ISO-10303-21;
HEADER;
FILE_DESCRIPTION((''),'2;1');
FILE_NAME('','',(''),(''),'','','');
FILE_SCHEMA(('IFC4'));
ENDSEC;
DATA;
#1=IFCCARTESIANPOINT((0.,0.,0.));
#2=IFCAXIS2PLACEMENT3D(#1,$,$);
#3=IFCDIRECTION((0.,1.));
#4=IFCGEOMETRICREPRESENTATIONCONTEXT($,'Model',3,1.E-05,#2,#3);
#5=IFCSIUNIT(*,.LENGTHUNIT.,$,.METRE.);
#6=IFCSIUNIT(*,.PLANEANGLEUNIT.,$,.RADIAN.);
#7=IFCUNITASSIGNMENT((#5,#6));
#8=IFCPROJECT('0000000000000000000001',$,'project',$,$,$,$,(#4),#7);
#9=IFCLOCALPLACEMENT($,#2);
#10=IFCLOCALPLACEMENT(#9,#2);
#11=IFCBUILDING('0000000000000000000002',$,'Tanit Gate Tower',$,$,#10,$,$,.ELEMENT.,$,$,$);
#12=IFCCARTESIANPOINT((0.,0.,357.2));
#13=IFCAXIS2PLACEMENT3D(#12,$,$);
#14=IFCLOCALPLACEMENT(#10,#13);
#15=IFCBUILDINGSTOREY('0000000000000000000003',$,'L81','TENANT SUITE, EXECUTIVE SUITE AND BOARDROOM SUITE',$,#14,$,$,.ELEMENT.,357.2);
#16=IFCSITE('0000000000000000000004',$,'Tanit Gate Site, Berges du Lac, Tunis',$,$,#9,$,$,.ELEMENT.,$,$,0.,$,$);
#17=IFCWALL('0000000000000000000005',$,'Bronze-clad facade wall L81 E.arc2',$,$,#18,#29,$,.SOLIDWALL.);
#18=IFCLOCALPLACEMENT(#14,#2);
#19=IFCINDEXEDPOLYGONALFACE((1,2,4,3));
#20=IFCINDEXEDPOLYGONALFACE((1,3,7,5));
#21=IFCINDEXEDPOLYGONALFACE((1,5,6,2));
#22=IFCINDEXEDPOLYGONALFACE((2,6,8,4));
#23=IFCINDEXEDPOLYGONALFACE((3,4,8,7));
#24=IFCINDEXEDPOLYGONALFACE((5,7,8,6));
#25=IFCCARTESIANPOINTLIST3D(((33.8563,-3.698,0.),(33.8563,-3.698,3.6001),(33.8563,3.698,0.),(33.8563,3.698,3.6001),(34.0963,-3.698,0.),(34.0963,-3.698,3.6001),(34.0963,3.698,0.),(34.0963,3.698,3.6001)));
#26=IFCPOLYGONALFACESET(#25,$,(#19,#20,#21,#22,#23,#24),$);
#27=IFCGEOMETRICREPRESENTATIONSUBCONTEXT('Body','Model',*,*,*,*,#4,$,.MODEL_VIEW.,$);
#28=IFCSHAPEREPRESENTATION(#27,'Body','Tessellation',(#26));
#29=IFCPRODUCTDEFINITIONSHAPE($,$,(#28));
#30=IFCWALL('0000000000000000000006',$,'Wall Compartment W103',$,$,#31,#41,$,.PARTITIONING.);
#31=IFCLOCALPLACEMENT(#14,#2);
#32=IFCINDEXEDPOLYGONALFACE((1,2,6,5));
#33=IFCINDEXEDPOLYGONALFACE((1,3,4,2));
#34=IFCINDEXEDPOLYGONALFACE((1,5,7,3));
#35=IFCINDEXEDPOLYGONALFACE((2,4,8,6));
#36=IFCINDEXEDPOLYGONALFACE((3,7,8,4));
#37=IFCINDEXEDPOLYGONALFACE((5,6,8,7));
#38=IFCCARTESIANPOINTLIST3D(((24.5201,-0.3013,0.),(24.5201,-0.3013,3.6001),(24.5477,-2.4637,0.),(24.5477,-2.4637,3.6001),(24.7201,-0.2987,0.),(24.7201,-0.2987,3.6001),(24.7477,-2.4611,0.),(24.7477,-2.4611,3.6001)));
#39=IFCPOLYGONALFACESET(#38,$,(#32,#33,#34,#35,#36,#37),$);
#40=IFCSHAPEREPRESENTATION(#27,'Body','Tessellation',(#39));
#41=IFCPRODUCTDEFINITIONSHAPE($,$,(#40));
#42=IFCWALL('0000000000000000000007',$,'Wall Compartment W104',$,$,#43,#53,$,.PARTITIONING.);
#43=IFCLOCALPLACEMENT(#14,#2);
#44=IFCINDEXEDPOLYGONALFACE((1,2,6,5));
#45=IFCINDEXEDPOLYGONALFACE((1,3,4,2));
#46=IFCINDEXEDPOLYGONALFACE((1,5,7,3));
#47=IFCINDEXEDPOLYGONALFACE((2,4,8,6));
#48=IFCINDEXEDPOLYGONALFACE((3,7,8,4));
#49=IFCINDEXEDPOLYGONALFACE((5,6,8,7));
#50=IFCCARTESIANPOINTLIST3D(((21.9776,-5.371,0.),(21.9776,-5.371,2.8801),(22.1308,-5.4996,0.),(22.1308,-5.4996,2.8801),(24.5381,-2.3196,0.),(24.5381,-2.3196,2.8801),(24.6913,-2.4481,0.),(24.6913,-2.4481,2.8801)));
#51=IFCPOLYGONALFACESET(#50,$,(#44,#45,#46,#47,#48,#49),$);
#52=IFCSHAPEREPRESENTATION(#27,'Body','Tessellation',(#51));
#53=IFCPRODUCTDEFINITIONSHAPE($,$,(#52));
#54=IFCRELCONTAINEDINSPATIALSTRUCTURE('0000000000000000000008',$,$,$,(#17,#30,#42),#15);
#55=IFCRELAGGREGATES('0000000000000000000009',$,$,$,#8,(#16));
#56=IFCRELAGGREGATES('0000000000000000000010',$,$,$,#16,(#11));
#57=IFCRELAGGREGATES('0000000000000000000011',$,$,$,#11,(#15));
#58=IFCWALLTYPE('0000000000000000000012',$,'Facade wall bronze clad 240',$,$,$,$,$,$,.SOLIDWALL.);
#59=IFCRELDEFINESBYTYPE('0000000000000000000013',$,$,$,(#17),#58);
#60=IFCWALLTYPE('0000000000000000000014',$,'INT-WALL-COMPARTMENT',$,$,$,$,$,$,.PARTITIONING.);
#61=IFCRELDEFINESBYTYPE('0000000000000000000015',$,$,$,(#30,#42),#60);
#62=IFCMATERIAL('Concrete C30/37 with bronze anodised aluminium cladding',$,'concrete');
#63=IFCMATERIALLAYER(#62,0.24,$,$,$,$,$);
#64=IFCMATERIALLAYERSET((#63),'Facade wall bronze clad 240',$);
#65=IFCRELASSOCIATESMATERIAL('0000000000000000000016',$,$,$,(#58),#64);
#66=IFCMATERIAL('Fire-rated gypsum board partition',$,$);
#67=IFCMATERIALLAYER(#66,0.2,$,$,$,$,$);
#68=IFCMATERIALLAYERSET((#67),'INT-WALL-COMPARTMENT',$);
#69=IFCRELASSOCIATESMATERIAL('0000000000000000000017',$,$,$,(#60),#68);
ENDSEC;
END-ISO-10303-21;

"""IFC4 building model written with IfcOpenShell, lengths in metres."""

from ifc_helpers import new_model, si_unit, direction, frame, frame_2d, origin, place, context, subcontext, project, spatial, rectangle, extrude, material, layer, layer_set, type_object, element, save


model = new_model("IFC4")

# Units and contexts
model_context = context("Model", 3, precision=1e-05, world=origin(), true_north=direction((0.0, 1.0)))
body_context = subcontext(model_context, "Body", "Model", "MODEL_VIEW")
ifc_project = project(units=[si_unit("LENGTHUNIT", "METRE"), si_unit("PLANEANGLEUNIT", "RADIAN")], contexts=[model_context])

# Site, building, storey
site_placement = place(None, origin())
site = spatial("IfcSite", under=ifc_project, at=site_placement, Name="Tanit Gate Site, Berges du Lac, Tunis", CompositionType="ELEMENT", RefElevation=0.0)
building_placement = place(site_placement, origin())
building = spatial("IfcBuilding", under=site, at=building_placement, Name="Tanit Gate Tower", CompositionType="ELEMENT")
storey_placement = place(building_placement, frame((0.0, 0.0, 357.2)))
storey = spatial("IfcBuildingStorey", under=building, at=storey_placement, Name="L81", Description="TENANT SUITE, EXECUTIVE SUITE AND BOARDROOM SUITE", CompositionType="ELEMENT", Elevation=357.2)

# Walls
ifc_material_1 = material(Name="Concrete C30/37 with bronze anodised aluminium cladding", Category="concrete")
ifc_layer_1 = layer(ifc_material_1, 0.24)
ifc_layer_set_1 = layer_set([ifc_layer_1], Name="Facade wall bronze clad 240")
wall_type_1 = type_object("IfcWallType", Name="Facade wall bronze clad 240", PredefinedType="SOLIDWALL", material=ifc_layer_set_1)
wall_1_placement = place(storey_placement, frame((33.9763, -3.698, 0.0), z_axis=(0.0, 0.0, 1.0), x_axis=(0.0, 1.0, 0.0)))
element("IfcWall", 1, at=wall_1_placement, inside=storey, type_object=wall_type_1, Name="Bronze-clad facade wall L81 E.arc2", PredefinedType="SOLIDWALL", context=body_context, shape_type="SweptSolid", body=[
    extrude(rectangle(XDim=7.396, YDim=0.24, at=frame_2d((3.698, 0.0))), origin(), (0.0, 0.0, 1.0), 3.6001),
])
ifc_material_2 = material(Name="Fire-rated gypsum board partition")
ifc_layer_2 = layer(ifc_material_2, 0.2)
ifc_layer_set_2 = layer_set([ifc_layer_2], Name="INT-WALL-COMPARTMENT")
wall_type_2 = type_object("IfcWallType", Name="INT-WALL-COMPARTMENT", PredefinedType="PARTITIONING", material=ifc_layer_set_2)
wall_2_placement = place(storey_placement, frame((24.6477, -2.4624, 0.0), z_axis=(0.0, 0.0, 1.0), x_axis=(-0.012757, 0.999919, 0.0)))
element("IfcWall", 2, at=wall_2_placement, inside=storey, type_object=wall_type_2, Name="Wall Compartment W103", PredefinedType="PARTITIONING", context=body_context, shape_type="SweptSolid", body=[
    extrude(rectangle(XDim=2.1626, YDim=0.2, at=frame_2d((1.0813, 0.0))), origin(), (0.0, 0.0, 1.0), 3.6001),
])
wall_3_placement = place(storey_placement, frame((22.0542, -5.4353, 0.0), z_axis=(0.0, 0.0, 1.0), x_axis=(0.642791, 0.766042, 0.0)))
element("IfcWall", 3, at=wall_3_placement, inside=storey, type_object=wall_type_2, Name="Wall Compartment W104", PredefinedType="PARTITIONING", context=body_context, shape_type="SweptSolid", body=[
    extrude(rectangle(XDim=3.9834, YDim=0.2, at=frame_2d((1.9917, 0.0))), origin(), (0.0, 0.0, 1.0), 2.8801),
])

save(model, "model.ifc")
